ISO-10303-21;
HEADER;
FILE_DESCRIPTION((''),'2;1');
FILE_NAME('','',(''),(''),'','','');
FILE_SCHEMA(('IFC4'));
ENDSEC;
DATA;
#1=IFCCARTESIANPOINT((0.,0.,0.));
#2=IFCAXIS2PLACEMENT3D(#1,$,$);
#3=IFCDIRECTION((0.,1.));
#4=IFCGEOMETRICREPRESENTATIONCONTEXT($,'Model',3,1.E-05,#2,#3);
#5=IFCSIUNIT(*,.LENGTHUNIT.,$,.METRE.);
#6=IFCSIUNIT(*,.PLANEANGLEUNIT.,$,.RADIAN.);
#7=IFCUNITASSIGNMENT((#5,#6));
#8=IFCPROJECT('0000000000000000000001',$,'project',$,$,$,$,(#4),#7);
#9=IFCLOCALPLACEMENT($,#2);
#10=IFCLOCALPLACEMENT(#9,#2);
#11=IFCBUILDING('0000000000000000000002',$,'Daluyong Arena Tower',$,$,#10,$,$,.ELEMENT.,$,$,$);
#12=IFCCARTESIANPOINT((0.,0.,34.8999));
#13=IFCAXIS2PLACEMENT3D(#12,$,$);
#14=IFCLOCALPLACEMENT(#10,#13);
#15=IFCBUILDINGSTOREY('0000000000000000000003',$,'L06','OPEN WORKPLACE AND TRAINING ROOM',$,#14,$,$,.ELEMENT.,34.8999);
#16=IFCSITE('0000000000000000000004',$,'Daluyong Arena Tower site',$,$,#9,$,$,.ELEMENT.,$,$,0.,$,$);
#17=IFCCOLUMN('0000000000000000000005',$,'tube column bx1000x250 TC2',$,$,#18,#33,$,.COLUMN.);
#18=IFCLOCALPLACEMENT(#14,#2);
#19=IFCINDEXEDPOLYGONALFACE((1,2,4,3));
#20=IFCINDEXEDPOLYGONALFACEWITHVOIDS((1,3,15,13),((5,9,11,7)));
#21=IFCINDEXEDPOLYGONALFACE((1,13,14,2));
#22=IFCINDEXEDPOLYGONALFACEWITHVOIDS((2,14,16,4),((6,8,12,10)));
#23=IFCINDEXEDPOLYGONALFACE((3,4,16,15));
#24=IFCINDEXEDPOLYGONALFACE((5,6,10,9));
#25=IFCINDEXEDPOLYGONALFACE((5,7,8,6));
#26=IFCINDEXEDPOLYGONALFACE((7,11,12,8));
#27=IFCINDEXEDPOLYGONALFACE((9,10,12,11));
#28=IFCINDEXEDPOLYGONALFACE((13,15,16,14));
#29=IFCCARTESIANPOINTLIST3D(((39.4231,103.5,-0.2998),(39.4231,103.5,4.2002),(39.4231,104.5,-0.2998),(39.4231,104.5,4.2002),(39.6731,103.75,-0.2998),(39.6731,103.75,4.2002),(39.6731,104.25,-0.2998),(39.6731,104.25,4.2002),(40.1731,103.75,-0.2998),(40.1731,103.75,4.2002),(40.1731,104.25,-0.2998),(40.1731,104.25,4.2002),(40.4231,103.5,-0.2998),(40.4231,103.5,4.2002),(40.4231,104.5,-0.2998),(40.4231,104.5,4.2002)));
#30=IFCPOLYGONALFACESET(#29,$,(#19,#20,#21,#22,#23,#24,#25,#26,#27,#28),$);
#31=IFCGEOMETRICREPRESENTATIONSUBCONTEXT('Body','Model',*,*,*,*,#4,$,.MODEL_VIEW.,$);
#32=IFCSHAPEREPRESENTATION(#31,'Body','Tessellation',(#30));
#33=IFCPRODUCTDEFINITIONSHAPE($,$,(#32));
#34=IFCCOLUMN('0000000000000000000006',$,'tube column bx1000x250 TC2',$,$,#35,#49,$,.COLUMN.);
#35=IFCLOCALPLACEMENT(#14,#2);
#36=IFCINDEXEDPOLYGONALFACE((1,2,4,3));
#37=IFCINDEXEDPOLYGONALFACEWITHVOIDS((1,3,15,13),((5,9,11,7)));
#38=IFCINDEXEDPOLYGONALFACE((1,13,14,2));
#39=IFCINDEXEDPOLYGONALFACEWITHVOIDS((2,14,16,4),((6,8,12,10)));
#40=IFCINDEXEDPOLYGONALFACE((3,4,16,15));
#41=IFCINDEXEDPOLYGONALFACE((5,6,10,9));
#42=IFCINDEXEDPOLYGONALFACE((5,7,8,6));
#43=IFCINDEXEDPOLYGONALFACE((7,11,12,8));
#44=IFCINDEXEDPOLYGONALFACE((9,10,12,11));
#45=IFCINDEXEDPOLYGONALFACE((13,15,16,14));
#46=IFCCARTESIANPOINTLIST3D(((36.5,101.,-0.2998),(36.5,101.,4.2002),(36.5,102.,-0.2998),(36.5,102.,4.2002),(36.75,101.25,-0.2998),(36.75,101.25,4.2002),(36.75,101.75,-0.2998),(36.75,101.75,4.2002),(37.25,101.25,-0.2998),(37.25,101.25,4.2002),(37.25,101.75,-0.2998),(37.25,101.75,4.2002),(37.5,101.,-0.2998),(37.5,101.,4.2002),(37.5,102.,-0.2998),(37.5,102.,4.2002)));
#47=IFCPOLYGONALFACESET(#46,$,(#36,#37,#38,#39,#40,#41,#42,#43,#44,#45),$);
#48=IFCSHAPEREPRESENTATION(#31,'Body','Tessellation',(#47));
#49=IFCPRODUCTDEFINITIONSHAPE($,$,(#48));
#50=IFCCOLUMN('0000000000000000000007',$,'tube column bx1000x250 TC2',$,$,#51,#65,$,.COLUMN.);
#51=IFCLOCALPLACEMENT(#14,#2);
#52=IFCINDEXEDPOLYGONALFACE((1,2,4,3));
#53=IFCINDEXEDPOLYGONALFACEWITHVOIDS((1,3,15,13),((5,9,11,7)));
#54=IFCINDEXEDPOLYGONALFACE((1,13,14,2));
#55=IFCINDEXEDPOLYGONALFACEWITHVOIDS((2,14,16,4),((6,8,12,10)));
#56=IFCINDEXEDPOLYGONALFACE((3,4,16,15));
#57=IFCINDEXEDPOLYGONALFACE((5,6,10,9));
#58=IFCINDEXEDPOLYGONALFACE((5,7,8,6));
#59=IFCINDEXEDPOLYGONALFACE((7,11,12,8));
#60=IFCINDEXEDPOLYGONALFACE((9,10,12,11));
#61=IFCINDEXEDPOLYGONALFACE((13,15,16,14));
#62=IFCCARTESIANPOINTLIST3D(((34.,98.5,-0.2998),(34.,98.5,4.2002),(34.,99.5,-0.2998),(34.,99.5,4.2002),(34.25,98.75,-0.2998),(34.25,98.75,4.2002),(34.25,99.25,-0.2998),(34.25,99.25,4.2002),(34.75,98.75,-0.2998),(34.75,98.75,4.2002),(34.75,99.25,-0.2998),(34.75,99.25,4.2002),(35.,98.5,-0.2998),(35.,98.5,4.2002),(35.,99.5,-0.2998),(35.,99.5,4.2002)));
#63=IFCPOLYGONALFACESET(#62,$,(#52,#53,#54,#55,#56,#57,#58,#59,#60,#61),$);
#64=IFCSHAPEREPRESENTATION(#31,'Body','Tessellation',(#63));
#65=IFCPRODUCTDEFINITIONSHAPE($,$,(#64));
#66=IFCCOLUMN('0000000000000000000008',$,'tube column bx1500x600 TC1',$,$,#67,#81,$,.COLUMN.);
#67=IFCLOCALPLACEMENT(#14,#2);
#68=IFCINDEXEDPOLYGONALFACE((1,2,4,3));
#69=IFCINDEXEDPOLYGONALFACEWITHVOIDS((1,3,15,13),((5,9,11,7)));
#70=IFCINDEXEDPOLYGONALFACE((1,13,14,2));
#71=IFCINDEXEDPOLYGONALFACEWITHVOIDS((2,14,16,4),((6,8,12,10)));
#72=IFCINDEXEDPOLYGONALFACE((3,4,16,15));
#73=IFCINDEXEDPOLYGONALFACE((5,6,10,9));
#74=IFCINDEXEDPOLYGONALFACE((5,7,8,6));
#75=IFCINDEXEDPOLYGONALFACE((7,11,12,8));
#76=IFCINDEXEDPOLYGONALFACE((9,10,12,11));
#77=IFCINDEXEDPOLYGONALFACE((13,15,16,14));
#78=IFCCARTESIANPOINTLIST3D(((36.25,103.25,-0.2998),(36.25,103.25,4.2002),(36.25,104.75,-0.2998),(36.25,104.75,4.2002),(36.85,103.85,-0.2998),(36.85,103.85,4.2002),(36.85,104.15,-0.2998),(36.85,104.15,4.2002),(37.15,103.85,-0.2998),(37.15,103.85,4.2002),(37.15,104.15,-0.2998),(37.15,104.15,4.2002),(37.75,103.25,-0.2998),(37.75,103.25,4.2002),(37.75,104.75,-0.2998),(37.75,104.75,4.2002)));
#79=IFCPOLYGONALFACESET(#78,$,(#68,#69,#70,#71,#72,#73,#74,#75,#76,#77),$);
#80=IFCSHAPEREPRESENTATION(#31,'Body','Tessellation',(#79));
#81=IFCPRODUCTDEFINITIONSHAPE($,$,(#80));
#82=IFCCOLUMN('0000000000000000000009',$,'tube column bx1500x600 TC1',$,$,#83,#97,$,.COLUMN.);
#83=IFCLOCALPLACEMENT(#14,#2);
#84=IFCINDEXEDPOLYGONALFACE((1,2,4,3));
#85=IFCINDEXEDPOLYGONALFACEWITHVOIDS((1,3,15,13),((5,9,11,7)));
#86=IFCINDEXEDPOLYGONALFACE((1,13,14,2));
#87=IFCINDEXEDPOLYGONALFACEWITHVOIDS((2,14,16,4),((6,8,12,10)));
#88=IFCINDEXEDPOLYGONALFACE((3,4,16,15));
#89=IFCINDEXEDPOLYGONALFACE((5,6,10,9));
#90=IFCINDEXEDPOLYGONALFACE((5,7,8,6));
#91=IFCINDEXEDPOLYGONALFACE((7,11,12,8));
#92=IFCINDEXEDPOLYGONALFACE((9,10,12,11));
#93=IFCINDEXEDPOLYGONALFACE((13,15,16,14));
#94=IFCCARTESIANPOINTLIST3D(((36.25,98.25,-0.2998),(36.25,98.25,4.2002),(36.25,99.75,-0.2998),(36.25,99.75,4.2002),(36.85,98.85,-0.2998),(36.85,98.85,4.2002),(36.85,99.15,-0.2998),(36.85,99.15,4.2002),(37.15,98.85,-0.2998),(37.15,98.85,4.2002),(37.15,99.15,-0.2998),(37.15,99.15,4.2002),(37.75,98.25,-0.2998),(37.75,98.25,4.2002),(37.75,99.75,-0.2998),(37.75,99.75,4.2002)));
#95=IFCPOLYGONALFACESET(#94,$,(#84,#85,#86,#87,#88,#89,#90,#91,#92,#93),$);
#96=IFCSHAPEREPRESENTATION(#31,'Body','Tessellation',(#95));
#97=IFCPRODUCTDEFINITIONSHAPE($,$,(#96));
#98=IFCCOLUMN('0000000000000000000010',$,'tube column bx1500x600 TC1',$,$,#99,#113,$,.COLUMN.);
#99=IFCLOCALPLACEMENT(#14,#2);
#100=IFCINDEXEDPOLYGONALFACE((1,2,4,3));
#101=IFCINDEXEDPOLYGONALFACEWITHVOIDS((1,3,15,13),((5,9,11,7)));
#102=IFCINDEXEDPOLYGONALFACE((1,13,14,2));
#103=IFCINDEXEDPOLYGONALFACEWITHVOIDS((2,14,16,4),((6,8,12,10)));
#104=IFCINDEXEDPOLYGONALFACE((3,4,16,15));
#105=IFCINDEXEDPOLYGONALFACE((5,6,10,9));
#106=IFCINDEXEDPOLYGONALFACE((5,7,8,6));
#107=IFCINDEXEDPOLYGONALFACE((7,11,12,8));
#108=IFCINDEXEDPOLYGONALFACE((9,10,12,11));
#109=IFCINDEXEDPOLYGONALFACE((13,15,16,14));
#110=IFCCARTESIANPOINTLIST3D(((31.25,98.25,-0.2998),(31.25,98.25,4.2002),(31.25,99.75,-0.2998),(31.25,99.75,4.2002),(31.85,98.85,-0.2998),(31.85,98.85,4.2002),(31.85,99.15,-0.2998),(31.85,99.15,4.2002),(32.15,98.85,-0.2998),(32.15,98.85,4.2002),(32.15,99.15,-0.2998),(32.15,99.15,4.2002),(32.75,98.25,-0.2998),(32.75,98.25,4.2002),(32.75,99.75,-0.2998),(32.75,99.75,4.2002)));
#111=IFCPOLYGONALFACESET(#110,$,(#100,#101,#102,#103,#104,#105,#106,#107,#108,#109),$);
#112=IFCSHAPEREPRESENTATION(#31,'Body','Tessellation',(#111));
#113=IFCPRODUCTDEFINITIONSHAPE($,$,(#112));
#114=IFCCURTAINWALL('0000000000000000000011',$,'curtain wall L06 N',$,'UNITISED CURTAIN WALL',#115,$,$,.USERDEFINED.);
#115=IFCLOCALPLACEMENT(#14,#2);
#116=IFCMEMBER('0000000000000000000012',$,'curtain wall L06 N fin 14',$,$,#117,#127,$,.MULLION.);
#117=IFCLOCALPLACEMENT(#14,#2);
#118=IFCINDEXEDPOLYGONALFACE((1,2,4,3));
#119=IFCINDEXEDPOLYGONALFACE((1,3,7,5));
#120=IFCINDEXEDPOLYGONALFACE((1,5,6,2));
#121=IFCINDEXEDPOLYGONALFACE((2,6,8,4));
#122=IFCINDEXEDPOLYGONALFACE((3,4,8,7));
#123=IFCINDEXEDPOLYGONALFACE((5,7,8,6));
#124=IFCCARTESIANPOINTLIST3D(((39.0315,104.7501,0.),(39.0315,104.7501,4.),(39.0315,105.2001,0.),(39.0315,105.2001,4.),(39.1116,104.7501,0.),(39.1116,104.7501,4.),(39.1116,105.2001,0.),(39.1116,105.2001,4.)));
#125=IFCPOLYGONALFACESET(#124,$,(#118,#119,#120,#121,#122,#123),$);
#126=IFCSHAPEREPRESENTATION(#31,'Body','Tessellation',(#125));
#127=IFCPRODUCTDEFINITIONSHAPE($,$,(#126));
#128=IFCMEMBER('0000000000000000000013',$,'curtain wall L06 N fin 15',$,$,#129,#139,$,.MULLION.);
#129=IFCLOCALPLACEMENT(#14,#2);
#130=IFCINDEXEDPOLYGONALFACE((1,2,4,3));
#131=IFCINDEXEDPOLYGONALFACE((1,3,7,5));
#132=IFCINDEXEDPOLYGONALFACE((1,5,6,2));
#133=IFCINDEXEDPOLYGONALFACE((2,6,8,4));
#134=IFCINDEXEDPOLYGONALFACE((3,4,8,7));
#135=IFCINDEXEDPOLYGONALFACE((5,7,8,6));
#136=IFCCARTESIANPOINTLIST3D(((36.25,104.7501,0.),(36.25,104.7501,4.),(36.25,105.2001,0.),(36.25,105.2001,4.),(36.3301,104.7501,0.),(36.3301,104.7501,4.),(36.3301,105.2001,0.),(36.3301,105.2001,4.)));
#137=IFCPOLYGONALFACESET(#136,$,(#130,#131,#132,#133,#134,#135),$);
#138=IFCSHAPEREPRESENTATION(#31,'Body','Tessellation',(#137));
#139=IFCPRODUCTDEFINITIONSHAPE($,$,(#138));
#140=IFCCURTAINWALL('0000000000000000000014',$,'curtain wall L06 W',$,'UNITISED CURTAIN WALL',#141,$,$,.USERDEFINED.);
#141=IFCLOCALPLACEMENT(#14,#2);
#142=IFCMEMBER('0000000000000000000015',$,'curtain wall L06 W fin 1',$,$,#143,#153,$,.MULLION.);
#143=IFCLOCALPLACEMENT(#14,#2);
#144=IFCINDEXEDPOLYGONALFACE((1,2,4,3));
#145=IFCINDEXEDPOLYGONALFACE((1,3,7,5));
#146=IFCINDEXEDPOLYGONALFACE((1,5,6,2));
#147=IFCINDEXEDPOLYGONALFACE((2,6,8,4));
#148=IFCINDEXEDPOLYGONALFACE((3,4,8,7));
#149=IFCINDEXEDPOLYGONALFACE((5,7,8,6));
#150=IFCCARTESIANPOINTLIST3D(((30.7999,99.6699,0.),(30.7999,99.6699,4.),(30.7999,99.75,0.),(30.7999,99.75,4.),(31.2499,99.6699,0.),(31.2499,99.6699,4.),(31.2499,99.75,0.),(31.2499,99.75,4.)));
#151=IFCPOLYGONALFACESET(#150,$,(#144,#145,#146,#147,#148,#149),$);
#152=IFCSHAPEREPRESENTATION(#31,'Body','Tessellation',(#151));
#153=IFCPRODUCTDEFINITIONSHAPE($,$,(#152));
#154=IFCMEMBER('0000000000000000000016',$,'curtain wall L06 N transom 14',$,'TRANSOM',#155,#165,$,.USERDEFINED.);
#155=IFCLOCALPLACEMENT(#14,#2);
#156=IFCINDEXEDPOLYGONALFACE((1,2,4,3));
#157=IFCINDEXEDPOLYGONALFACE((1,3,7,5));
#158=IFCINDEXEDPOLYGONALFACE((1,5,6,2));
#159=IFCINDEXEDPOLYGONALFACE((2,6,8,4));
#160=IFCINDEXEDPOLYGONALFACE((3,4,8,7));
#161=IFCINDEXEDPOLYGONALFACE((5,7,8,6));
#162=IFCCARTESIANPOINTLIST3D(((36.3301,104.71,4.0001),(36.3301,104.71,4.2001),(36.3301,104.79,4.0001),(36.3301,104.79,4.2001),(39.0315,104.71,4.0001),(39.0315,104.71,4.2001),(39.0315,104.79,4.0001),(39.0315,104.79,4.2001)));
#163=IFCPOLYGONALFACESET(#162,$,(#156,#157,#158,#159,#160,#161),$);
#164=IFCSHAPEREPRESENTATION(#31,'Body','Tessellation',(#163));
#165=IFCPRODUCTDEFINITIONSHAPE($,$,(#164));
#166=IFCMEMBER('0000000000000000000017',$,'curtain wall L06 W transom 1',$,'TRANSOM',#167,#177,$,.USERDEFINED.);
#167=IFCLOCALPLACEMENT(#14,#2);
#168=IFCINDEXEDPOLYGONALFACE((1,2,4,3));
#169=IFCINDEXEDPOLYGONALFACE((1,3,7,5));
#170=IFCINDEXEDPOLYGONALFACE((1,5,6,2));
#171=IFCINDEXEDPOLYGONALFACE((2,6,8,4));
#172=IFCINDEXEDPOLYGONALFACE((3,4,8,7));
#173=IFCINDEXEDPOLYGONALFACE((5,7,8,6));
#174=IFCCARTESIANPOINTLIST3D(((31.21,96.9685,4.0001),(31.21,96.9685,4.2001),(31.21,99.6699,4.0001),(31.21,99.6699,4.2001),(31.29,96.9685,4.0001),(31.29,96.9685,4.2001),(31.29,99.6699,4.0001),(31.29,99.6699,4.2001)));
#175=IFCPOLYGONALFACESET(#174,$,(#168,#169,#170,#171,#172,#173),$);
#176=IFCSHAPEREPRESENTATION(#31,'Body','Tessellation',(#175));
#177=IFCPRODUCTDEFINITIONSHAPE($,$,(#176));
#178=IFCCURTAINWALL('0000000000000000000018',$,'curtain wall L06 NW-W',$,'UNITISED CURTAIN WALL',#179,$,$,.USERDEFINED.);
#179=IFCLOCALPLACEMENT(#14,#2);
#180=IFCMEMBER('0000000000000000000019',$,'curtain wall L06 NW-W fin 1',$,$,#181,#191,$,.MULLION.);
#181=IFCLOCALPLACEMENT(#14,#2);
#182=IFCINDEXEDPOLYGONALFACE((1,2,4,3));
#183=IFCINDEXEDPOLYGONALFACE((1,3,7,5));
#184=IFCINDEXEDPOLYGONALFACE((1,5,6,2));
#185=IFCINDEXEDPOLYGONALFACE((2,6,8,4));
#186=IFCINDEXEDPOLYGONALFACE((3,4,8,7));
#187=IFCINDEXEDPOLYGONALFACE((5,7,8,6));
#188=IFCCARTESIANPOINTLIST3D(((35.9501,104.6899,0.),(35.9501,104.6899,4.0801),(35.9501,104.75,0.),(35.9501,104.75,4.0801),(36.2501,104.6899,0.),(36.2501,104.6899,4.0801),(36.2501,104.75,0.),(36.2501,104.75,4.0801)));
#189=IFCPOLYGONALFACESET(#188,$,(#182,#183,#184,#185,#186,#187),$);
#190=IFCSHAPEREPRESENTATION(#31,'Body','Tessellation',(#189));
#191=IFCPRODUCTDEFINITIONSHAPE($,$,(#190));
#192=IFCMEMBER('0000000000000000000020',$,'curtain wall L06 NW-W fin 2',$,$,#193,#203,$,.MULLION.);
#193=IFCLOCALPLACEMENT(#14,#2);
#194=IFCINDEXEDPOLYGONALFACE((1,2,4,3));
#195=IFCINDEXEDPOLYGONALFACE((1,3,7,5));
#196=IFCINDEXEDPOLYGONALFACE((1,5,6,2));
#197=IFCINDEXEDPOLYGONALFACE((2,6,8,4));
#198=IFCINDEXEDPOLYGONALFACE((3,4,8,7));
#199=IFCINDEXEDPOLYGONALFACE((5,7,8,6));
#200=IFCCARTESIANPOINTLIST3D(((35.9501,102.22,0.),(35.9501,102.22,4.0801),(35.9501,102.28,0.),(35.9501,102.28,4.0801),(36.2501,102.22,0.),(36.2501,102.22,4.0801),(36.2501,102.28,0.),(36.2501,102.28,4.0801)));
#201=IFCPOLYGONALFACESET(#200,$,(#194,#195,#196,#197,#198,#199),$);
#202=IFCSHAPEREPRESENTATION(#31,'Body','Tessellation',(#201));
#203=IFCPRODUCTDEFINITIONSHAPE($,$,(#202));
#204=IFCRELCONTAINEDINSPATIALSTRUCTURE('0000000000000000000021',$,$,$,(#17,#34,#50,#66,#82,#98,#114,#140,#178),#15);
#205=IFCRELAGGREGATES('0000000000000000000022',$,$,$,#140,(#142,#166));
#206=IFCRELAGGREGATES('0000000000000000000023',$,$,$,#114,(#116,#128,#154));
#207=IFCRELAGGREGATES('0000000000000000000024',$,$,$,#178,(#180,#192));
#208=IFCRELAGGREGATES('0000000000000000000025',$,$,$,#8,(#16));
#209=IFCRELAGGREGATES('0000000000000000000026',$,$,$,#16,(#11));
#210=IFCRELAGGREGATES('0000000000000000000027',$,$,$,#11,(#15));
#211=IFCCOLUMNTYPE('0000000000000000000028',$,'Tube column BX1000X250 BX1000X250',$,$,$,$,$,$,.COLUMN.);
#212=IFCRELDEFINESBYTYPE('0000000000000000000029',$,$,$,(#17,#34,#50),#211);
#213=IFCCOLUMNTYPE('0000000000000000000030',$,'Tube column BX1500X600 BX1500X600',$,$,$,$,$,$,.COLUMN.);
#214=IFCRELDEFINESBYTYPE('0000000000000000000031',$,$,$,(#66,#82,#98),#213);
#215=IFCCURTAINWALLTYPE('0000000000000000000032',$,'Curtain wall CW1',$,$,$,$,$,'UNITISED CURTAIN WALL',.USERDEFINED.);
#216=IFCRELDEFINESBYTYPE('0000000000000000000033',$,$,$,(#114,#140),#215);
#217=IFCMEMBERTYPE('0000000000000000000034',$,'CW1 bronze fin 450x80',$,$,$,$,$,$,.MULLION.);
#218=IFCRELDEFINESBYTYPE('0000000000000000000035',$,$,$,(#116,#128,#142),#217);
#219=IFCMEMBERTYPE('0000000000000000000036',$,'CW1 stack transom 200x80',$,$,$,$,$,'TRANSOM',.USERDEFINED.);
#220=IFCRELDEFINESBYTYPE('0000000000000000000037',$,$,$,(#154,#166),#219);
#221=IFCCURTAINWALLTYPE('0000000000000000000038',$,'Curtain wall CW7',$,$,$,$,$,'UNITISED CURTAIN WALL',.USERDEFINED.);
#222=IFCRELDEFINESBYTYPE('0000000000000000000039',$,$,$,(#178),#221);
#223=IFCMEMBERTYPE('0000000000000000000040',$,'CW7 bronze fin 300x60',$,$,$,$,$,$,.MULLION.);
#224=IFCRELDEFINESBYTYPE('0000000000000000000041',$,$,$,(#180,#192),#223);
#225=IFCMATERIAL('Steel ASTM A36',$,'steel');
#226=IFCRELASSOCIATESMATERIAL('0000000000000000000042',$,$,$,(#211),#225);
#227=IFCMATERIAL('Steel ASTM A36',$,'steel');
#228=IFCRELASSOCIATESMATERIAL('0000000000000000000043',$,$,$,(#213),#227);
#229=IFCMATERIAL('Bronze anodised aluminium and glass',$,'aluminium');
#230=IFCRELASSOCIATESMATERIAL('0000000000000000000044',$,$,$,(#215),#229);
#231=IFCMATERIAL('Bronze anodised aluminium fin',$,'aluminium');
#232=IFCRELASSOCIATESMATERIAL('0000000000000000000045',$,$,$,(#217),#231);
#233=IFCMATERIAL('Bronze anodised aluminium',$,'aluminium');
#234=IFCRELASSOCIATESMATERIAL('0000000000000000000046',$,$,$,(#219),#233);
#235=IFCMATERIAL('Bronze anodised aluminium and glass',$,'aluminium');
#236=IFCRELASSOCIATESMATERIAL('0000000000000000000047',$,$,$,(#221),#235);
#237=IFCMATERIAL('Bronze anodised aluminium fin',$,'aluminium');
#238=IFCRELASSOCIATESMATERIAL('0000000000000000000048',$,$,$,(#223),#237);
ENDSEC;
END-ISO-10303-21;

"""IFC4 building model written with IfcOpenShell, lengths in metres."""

from ifc_helpers import new_model, si_unit, direction, frame, origin, origin_2d, place, context, subcontext, project, spatial, rectangle, hollow_rectangle, extrude, material, material_profile, profile_set, type_object, element, aggregate, save


model = new_model("IFC4")

# Units and contexts
model_context = context("Model", 3, precision=1e-05, world=origin(), true_north=direction((0.0, 1.0)))
body_context = subcontext(model_context, "Body", "Model", "MODEL_VIEW")
ifc_project = project(units=[si_unit("LENGTHUNIT", "METRE"), si_unit("PLANEANGLEUNIT", "RADIAN")], contexts=[model_context])

# Site, building, storey
site_placement = place(None, origin())
site = spatial("IfcSite", under=ifc_project, at=site_placement, Name="Daluyong Arena Tower site", CompositionType="ELEMENT", RefElevation=0.0)
building_placement = place(site_placement, origin())
building = spatial("IfcBuilding", under=site, at=building_placement, Name="Daluyong Arena Tower", CompositionType="ELEMENT")
storey_placement = place(building_placement, frame((0.0, 0.0, 34.8999)))
storey = spatial("IfcBuildingStorey", under=building, at=storey_placement, Name="L06", Description="OPEN WORKPLACE AND TRAINING ROOM", CompositionType="ELEMENT", Elevation=34.8999)

# Columns
ifc_material_1 = material(Name="Steel ASTM A36", Category="steel")
ifc_material_profile_1 = material_profile(ifc_material_1, hollow_rectangle(XDim=1.0, YDim=1.0, WallThickness=0.25, at=origin_2d()))
ifc_profile_set_1 = profile_set([ifc_material_profile_1], Name="Steel ASTM A36")
column_type_1 = type_object("IfcColumnType", Name="Tube column BX1000X250 BX1000X250", PredefinedType="COLUMN", material=ifc_profile_set_1)
for number, where, z_axis, x_axis, name in (
    (1, (39.9231, 104.0, -0.2998), (0.0, 0.0, 1.0), (1.0, 0.0, 0.0), "tube column bx1000x250 TC2"),
    (2, (37.0, 101.5, -0.2998), (0.0, 0.0, 1.0), (0.0, 1.0, 0.0), "tube column bx1000x250 TC2"),
    (3, (34.5, 99.0, -0.2998), (0.0, 0.0, 1.0), (1.0, 0.0, 0.0), "tube column bx1000x250 TC2"),
):
    element("IfcColumn", number, at=place(storey_placement, frame(where, z_axis=z_axis, x_axis=x_axis)), inside=storey, type_object=column_type_1, Name=name, PredefinedType="COLUMN", context=body_context, shape_type="SweptSolid", body=[
        extrude(hollow_rectangle(XDim=1.0, YDim=1.0, WallThickness=0.25, at=origin_2d()), origin(), (0.0, 0.0, 1.0), 4.5),
    ])
ifc_material_2 = material(Name="Steel ASTM A36", Category="steel")
ifc_material_profile_2 = material_profile(ifc_material_2, hollow_rectangle(XDim=1.5, YDim=1.5, WallThickness=0.6, at=origin_2d()))
ifc_profile_set_2 = profile_set([ifc_material_profile_2], Name="Steel ASTM A36")
column_type_2 = type_object("IfcColumnType", Name="Tube column BX1500X600 BX1500X600", PredefinedType="COLUMN", material=ifc_profile_set_2)
for number, where, z_axis, x_axis, name in (
    (4, (37.0, 104.0, -0.2998), (0.0, 0.0, 1.0), (0.0, 1.0, 0.0), "tube column bx1500x600 TC1"),
    (5, (37.0, 99.0, -0.2998), (0.0, 0.0, 1.0), (1.0, 0.0, 0.0), "tube column bx1500x600 TC1"),
    (6, (32.0, 99.0, -0.2998), (0.0, 0.0, 1.0), (0.0, 1.0, 0.0), "tube column bx1500x600 TC1"),
):
    element("IfcColumn", number, at=place(storey_placement, frame(where, z_axis=z_axis, x_axis=x_axis)), inside=storey, type_object=column_type_2, Name=name, PredefinedType="COLUMN", context=body_context, shape_type="SweptSolid", body=[
        extrude(hollow_rectangle(XDim=1.5, YDim=1.5, WallThickness=0.6, at=origin_2d()), origin(), (0.0, 0.0, 1.0), 4.5),
    ])

# Curtain wall, members
ifc_material_3 = material(Name="Bronze anodised aluminium and glass", Category="aluminium")
curtain_wall_type_1 = type_object("IfcCurtainWallType", Name="Curtain wall CW1", ElementType="UNITISED CURTAIN WALL", PredefinedType="USERDEFINED", material=ifc_material_3)
curtain_wall_1_placement = place(storey_placement, origin())
curtain_wall_1 = element("IfcCurtainWall", 7, at=curtain_wall_1_placement, inside=storey, type_object=curtain_wall_type_1, Name="curtain wall L06 N", ObjectType="UNITISED CURTAIN WALL", PredefinedType="USERDEFINED")
ifc_material_4 = material(Name="Bronze anodised aluminium fin", Category="aluminium")
ifc_material_profile_3 = material_profile(ifc_material_4, rectangle(XDim=0.45, YDim=0.0801, at=origin_2d()))
ifc_profile_set_3 = profile_set([ifc_material_profile_3], Name="Bronze anodised aluminium fin")
member_type_1 = type_object("IfcMemberType", Name="CW1 bronze fin 450x80", PredefinedType="MULLION", material=ifc_profile_set_3)
member_1_placement = place(storey_placement, frame((39.0715, 104.9751, 0.0), z_axis=(0.0, 0.0, 1.0), x_axis=(0.0, -1.0, 0.0)))
member_1 = element("IfcMember", 8, at=member_1_placement, type_object=member_type_1, Name="curtain wall L06 N fin 14", PredefinedType="MULLION", context=body_context, shape_type="SweptSolid", body=[
    extrude(rectangle(XDim=0.45, YDim=0.0801, at=origin_2d()), origin(), (0.0, 0.0, 1.0), 4.0),
])
member_2_placement = place(storey_placement, frame((36.29, 104.9751, 0.0), z_axis=(0.0, 0.0, 1.0), x_axis=(0.0, -1.0, 0.0)))
member_2 = element("IfcMember", 9, at=member_2_placement, type_object=member_type_1, Name="curtain wall L06 N fin 15", PredefinedType="MULLION", context=body_context, shape_type="SweptSolid", body=[
    extrude(rectangle(XDim=0.45, YDim=0.0801, at=origin_2d()), origin(), (0.0, 0.0, 1.0), 4.0),
])

# Curtain wall, member
curtain_wall_2_placement = place(storey_placement, origin())
curtain_wall_2 = element("IfcCurtainWall", 10, at=curtain_wall_2_placement, inside=storey, type_object=curtain_wall_type_1, Name="curtain wall L06 W", ObjectType="UNITISED CURTAIN WALL", PredefinedType="USERDEFINED")
member_3_placement = place(storey_placement, frame((31.0249, 99.71, 0.0), z_axis=(0.0, 0.0, 1.0), x_axis=(1.0, 0.0, 0.0)))
member_3 = element("IfcMember", 11, at=member_3_placement, type_object=member_type_1, Name="curtain wall L06 W fin 1", PredefinedType="MULLION", context=body_context, shape_type="SweptSolid", body=[
    extrude(rectangle(XDim=0.45, YDim=0.0801, at=origin_2d()), origin(), (0.0, 0.0, 1.0), 4.0),
])

# Members
ifc_material_5 = material(Name="Bronze anodised aluminium", Category="aluminium")
ifc_material_profile_4 = material_profile(ifc_material_5, rectangle(XDim=0.0801, YDim=0.2, at=origin_2d()))
ifc_profile_set_4 = profile_set([ifc_material_profile_4], Name="Bronze anodised aluminium")
member_type_2 = type_object("IfcMemberType", Name="CW1 stack transom 200x80", ElementType="TRANSOM", PredefinedType="USERDEFINED", material=ifc_profile_set_4)
member_4_placement = place(storey_placement, frame((39.0315, 104.75, 4.1001), z_axis=(-1.0, 0.0, 0.0), x_axis=(0.0, -1.0, 0.0)))
member_4 = element("IfcMember", 12, at=member_4_placement, type_object=member_type_2, Name="curtain wall L06 N transom 14", ObjectType="TRANSOM", PredefinedType="USERDEFINED", context=body_context, shape_type="SweptSolid", body=[
    extrude(rectangle(XDim=0.0801, YDim=0.2, at=origin_2d()), origin(), (0.0, 0.0, 1.0), 2.7014),
])
member_5_placement = place(storey_placement, frame((31.25, 99.6699, 4.1001), z_axis=(0.0, -1.0, 0.0), x_axis=(1.0, 0.0, 0.0)))
member_5 = element("IfcMember", 13, at=member_5_placement, type_object=member_type_2, Name="curtain wall L06 W transom 1", ObjectType="TRANSOM", PredefinedType="USERDEFINED", context=body_context, shape_type="SweptSolid", body=[
    extrude(rectangle(XDim=0.0801, YDim=0.2, at=origin_2d()), origin(), (0.0, 0.0, 1.0), 2.7014),
])
aggregate(curtain_wall_2, [member_3, member_5])

# Curtain wall, members
ifc_material_6 = material(Name="Bronze anodised aluminium and glass", Category="aluminium")
curtain_wall_type_2 = type_object("IfcCurtainWallType", Name="Curtain wall CW7", ElementType="UNITISED CURTAIN WALL", PredefinedType="USERDEFINED", material=ifc_material_6)
curtain_wall_3_placement = place(storey_placement, origin())
curtain_wall_3 = element("IfcCurtainWall", 14, at=curtain_wall_3_placement, inside=storey, type_object=curtain_wall_type_2, Name="curtain wall L06 NW-W", ObjectType="UNITISED CURTAIN WALL", PredefinedType="USERDEFINED")
ifc_material_7 = material(Name="Bronze anodised aluminium fin", Category="aluminium")
ifc_material_profile_5 = material_profile(ifc_material_7, rectangle(XDim=0.3, YDim=0.0601, at=origin_2d()))
ifc_profile_set_5 = profile_set([ifc_material_profile_5], Name="Bronze anodised aluminium fin")
member_type_3 = type_object("IfcMemberType", Name="CW7 bronze fin 300x60", PredefinedType="MULLION", material=ifc_profile_set_5)
member_6_placement = place(storey_placement, frame((36.1001, 104.72, 0.0), z_axis=(0.0, 0.0, 1.0), x_axis=(1.0, 0.0, 0.0)))
member_6 = element("IfcMember", 15, at=member_6_placement, type_object=member_type_3, Name="curtain wall L06 NW-W fin 1", PredefinedType="MULLION", context=body_context, shape_type="SweptSolid", body=[
    extrude(rectangle(XDim=0.3, YDim=0.0601, at=origin_2d()), origin(), (0.0, 0.0, 1.0), 4.0801),
])
member_7_placement = place(storey_placement, frame((36.1001, 102.25, 0.0), z_axis=(0.0, 0.0, 1.0), x_axis=(1.0, 0.0, 0.0)))
member_7 = element("IfcMember", 16, at=member_7_placement, type_object=member_type_3, Name="curtain wall L06 NW-W fin 2", PredefinedType="MULLION", context=body_context, shape_type="SweptSolid", body=[
    extrude(rectangle(XDim=0.3, YDim=0.0601, at=origin_2d()), origin(), (0.0, 0.0, 1.0), 4.0801),
])

aggregate(curtain_wall_1, [member_1, member_2, member_4])
aggregate(curtain_wall_3, [member_6, member_7])

save(model, "model.ifc")
